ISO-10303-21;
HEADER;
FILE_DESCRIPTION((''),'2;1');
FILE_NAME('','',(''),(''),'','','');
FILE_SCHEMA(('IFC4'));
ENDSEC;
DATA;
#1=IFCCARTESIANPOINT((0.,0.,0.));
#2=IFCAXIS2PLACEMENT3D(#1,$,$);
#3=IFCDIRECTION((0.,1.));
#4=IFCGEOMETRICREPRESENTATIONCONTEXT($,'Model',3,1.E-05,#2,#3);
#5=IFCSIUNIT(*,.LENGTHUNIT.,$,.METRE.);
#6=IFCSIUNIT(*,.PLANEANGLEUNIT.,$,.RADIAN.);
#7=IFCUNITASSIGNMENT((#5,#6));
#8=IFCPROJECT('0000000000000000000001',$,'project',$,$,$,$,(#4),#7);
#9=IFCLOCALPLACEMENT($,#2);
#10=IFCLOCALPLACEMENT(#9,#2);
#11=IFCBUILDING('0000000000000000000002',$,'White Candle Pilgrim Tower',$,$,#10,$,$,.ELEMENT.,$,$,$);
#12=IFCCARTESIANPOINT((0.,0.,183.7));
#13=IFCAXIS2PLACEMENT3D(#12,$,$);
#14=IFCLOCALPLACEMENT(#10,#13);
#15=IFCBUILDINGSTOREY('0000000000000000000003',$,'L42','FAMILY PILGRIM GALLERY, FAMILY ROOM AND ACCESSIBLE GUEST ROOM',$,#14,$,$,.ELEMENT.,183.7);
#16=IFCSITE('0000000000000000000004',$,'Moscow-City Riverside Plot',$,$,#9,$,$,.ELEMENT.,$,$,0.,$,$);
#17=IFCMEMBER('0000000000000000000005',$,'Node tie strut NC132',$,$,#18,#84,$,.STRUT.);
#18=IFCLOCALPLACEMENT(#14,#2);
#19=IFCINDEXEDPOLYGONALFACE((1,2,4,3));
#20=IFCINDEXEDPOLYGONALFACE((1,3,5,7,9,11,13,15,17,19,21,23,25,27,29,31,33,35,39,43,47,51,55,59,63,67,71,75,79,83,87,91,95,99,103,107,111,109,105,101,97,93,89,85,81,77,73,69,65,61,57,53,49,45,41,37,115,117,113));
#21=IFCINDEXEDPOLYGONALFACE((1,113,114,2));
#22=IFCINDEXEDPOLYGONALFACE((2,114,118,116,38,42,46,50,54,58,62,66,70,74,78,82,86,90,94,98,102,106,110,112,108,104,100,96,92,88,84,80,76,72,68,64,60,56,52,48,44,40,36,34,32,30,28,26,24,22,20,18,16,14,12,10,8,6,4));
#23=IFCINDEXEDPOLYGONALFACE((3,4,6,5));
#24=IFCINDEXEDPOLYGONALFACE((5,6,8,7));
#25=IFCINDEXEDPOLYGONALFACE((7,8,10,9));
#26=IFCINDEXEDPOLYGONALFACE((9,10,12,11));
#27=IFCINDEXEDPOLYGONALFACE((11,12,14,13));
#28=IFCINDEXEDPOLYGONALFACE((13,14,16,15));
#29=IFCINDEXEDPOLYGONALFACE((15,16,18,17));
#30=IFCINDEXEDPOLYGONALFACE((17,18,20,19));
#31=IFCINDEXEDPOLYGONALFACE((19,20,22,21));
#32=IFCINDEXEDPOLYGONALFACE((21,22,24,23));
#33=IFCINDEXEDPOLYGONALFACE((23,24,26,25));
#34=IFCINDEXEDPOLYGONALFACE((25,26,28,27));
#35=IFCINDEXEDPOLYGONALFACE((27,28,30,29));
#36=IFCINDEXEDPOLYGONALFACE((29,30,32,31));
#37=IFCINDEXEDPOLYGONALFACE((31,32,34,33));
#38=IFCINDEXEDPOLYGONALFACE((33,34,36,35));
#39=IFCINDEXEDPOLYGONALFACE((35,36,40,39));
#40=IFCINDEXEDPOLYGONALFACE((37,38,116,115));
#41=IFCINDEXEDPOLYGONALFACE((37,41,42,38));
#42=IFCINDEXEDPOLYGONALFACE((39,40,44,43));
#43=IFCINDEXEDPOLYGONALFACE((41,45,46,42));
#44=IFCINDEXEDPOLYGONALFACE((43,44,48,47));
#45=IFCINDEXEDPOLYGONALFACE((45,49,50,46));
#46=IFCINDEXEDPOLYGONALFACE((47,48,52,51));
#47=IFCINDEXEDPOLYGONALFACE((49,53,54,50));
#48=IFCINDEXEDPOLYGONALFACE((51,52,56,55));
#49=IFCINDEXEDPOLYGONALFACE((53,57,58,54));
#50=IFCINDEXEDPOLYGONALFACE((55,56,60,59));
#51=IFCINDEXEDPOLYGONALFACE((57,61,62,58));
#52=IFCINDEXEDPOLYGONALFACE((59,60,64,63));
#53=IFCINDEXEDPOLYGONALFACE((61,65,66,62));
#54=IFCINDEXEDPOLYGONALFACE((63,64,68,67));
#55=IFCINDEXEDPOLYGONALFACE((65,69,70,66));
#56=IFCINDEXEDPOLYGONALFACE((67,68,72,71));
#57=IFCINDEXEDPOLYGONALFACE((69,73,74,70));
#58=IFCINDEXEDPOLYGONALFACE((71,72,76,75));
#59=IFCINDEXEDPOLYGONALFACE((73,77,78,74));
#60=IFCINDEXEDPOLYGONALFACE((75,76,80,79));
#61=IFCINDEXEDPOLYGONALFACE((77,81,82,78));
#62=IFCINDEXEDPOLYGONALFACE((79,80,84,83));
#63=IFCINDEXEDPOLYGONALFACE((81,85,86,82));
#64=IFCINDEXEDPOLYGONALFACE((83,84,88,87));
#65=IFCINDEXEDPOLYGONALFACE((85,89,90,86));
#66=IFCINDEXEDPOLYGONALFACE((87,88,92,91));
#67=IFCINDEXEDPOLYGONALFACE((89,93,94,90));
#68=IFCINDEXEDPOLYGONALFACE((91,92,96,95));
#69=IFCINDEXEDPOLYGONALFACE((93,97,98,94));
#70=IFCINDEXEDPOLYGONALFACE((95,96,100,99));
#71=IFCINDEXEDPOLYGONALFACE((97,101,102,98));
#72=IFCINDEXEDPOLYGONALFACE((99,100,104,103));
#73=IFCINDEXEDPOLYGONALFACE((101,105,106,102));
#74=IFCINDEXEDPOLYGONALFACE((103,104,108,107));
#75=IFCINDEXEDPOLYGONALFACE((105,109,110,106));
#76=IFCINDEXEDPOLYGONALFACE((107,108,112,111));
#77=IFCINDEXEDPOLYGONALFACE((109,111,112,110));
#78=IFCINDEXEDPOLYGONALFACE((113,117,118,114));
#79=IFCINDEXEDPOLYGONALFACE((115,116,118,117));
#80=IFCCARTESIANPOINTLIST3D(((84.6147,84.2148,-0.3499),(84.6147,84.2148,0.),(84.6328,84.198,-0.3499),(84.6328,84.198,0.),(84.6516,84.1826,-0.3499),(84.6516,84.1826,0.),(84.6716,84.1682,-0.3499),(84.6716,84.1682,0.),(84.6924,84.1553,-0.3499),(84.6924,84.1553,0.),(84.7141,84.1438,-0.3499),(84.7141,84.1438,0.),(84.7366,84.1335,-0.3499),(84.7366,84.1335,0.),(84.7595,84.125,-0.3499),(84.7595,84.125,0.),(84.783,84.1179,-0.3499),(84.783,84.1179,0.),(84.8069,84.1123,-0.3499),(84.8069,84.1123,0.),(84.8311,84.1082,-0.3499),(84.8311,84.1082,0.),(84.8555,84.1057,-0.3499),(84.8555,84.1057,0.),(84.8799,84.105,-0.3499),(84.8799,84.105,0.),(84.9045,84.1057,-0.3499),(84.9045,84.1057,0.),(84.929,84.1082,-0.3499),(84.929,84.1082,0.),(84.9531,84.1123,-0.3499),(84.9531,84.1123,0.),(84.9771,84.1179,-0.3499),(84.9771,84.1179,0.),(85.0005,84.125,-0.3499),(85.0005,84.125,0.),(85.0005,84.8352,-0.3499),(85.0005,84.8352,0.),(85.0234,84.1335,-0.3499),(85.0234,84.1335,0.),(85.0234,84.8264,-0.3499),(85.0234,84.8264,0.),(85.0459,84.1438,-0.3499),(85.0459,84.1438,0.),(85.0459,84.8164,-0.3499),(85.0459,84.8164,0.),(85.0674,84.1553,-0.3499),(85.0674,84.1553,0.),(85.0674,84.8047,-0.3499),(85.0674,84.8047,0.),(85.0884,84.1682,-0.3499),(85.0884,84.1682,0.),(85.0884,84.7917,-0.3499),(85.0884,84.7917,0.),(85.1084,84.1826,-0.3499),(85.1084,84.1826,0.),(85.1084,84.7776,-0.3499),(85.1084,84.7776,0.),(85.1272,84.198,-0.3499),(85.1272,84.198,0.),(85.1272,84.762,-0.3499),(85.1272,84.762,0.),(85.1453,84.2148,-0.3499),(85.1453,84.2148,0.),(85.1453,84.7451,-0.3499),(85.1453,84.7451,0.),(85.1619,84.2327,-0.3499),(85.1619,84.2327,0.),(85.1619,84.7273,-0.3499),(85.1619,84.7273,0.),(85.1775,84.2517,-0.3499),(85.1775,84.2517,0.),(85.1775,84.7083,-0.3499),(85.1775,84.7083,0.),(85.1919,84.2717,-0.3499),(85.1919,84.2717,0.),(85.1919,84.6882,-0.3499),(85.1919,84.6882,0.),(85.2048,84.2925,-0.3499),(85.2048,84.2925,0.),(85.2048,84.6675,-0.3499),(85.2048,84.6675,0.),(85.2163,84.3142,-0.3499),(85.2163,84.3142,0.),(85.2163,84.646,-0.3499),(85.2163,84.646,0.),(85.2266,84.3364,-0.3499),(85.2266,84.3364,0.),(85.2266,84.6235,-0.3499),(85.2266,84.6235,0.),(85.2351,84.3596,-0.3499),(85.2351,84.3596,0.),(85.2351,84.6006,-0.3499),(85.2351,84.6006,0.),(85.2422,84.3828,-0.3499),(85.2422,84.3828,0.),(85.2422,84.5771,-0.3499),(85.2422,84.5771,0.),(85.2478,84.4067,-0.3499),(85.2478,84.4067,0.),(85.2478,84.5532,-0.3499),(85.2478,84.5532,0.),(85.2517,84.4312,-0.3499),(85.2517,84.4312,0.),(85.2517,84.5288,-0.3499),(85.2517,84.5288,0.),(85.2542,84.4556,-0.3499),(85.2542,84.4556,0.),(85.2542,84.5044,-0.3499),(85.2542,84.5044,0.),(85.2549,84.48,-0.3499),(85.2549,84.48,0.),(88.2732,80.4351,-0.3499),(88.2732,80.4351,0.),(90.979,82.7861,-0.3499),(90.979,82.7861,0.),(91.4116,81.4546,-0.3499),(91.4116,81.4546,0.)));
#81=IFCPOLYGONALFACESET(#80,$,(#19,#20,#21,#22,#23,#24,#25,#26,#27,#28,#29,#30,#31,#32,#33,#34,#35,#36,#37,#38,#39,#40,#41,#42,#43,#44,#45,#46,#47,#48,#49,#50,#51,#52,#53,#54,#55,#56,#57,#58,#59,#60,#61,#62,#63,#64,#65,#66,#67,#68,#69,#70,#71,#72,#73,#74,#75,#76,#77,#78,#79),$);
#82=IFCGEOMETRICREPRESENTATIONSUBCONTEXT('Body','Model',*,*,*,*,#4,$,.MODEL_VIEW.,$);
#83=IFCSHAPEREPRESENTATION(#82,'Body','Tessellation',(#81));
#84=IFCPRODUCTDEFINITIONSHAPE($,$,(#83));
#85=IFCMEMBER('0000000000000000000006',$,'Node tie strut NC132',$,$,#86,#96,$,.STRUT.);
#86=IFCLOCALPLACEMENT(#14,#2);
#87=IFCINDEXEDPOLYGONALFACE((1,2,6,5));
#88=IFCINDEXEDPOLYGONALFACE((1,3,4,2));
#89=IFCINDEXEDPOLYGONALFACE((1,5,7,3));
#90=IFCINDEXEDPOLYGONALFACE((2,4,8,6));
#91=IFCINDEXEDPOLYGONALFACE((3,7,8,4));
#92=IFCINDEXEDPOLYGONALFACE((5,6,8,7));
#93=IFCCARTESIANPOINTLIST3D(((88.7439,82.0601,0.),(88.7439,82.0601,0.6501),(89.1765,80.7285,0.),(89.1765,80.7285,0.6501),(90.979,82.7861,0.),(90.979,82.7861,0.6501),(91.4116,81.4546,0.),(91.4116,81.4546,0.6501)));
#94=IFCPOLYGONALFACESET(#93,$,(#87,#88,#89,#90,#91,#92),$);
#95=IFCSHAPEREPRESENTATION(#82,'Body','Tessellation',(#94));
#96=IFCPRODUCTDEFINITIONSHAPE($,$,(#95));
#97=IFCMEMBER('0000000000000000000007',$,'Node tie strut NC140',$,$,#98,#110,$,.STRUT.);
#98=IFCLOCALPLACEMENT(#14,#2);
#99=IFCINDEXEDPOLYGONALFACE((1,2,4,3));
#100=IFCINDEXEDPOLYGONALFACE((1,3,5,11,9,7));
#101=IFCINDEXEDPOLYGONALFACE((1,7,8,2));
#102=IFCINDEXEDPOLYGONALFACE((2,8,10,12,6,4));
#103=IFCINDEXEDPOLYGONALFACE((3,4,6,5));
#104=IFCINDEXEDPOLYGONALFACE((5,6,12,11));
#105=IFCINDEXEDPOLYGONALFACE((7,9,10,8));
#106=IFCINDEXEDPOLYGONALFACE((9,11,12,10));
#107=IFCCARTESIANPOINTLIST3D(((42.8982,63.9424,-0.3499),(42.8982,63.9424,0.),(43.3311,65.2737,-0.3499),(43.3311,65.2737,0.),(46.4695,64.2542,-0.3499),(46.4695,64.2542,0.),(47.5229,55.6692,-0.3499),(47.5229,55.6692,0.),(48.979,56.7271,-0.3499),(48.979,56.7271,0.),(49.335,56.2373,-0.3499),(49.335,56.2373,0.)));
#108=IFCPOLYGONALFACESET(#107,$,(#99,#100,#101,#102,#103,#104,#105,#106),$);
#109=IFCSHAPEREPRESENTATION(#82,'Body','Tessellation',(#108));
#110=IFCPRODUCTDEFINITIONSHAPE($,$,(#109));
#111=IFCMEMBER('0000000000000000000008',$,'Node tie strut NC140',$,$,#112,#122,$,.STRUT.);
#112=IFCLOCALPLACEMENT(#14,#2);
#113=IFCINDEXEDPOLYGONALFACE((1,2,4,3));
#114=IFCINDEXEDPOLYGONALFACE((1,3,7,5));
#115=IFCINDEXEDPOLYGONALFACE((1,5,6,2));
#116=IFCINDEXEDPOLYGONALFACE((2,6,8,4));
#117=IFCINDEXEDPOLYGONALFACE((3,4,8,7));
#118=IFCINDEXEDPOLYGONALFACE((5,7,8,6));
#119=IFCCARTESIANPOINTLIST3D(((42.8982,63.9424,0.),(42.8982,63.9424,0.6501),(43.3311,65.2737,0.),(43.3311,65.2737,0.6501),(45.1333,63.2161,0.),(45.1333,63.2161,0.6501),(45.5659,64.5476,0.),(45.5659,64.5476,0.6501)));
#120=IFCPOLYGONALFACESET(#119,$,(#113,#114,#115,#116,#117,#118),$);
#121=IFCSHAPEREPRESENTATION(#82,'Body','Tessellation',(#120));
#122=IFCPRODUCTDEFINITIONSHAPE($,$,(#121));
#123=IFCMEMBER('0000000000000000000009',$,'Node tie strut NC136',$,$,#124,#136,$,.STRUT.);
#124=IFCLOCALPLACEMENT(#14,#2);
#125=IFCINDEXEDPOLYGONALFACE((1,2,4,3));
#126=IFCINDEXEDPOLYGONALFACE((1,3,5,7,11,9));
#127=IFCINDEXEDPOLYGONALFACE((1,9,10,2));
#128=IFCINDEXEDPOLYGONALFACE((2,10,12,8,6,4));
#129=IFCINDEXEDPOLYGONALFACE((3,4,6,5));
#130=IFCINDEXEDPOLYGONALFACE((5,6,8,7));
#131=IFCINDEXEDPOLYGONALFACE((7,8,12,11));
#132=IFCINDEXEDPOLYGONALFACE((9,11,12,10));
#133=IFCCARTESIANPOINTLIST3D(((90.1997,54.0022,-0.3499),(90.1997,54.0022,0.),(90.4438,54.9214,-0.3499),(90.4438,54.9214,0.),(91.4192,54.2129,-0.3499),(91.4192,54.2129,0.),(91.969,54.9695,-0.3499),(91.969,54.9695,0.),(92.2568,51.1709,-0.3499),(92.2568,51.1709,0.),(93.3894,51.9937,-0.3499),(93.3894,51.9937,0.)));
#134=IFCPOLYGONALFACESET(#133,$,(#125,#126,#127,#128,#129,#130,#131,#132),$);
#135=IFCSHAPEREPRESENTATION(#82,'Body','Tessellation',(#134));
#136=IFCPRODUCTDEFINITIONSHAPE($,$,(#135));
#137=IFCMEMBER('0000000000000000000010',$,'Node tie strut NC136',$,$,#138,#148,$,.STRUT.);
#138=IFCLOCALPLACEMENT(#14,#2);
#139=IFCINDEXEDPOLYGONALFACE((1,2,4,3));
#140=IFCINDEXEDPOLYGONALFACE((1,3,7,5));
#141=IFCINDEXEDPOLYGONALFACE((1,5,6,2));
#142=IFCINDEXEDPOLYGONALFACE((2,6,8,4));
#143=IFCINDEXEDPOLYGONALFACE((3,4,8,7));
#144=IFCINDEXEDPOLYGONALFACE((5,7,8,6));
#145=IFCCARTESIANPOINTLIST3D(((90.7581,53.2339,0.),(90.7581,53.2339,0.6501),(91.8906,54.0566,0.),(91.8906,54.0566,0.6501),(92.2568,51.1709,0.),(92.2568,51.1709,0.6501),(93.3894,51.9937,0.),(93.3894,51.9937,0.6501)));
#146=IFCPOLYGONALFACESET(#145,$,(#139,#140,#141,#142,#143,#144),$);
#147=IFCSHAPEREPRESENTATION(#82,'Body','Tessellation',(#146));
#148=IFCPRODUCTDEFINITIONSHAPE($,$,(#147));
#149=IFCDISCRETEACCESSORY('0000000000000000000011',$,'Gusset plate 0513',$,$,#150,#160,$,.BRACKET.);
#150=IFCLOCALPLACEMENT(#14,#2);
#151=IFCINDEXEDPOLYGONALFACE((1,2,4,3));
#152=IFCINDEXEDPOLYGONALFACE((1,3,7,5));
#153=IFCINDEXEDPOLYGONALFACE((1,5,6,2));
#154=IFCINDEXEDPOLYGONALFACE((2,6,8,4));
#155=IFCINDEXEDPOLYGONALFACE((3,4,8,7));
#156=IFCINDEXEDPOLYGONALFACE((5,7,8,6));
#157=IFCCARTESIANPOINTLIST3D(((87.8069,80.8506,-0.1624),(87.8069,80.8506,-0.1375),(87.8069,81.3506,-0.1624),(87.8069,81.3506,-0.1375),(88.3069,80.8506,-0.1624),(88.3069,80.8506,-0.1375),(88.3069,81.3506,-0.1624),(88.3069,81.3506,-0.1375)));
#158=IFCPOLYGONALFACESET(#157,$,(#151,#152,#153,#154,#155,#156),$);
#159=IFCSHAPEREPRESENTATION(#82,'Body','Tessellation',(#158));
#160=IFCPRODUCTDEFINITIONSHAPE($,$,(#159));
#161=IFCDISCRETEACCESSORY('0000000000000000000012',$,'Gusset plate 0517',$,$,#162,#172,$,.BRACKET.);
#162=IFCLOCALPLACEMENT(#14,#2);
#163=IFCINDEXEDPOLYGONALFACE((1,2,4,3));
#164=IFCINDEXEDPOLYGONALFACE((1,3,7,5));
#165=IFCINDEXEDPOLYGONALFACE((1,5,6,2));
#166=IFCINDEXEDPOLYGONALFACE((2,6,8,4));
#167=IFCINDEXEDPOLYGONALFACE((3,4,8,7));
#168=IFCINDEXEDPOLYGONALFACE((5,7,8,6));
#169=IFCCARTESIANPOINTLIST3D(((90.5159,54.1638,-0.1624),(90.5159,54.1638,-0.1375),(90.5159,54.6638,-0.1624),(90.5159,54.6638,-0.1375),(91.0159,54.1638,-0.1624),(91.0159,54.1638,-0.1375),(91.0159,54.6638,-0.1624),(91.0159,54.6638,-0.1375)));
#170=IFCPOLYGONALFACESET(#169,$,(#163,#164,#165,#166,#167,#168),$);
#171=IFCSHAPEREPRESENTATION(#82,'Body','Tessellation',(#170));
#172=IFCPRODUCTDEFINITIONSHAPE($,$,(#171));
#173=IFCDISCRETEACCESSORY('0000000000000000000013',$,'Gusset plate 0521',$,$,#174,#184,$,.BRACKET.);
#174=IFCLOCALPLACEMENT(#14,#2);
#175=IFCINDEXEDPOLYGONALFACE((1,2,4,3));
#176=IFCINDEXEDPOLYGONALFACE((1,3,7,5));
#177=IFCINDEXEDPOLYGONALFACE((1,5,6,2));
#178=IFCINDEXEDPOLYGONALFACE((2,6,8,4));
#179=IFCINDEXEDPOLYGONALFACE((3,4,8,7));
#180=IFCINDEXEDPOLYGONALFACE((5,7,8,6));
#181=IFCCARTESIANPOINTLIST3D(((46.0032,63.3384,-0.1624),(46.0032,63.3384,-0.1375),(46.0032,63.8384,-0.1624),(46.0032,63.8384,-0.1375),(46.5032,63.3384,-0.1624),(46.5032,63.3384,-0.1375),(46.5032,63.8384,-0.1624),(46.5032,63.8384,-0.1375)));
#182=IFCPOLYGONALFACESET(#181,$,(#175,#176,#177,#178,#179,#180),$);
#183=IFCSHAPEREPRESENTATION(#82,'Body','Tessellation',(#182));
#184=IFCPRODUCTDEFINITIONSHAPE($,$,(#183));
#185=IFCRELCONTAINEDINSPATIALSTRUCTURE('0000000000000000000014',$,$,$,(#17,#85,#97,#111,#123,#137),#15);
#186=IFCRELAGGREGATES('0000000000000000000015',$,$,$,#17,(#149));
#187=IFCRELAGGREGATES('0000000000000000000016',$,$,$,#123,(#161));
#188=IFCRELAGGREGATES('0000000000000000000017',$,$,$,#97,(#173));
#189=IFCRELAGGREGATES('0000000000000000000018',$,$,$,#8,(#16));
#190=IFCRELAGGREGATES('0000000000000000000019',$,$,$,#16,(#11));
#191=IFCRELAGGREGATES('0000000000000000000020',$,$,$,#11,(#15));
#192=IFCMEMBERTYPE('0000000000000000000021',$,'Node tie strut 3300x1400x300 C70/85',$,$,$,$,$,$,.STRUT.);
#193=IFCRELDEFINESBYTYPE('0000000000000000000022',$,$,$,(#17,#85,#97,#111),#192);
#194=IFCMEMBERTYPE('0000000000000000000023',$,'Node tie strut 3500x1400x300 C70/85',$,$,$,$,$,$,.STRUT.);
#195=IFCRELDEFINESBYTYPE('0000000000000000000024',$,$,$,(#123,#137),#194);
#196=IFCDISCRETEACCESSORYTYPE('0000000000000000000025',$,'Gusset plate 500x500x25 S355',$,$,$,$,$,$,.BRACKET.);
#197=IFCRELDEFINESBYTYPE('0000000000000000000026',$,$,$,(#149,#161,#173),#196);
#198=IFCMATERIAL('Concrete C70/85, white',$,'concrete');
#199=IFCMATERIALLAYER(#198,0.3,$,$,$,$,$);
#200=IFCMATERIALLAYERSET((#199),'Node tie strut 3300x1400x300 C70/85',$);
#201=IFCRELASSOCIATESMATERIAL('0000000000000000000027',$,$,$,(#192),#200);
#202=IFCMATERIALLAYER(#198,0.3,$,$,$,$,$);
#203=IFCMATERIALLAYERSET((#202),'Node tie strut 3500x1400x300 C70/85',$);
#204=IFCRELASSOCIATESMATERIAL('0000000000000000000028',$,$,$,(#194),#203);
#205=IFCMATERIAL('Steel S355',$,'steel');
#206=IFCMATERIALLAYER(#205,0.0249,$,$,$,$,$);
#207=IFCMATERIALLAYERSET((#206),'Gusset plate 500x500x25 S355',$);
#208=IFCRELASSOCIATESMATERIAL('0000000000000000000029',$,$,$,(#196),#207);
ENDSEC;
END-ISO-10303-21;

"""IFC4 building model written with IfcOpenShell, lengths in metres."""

from ifc_helpers import new_model, si_unit, direction, frame, origin, origin_2d, place, context, subcontext, project, spatial, polyline, rectangle, outline, extrude, material, layer, layer_set, type_object, element, aggregate, save


model = new_model("IFC4")

# Units and contexts
model_context = context("Model", 3, precision=1e-05, world=origin(), true_north=direction((0.0, 1.0)))
body_context = subcontext(model_context, "Body", "Model", "MODEL_VIEW")
ifc_project = project(units=[si_unit("LENGTHUNIT", "METRE"), si_unit("PLANEANGLEUNIT", "RADIAN")], contexts=[model_context])

# Site, building, storey
site_placement = place(None, origin())
site = spatial("IfcSite", under=ifc_project, at=site_placement, Name="Moscow-City Riverside Plot", CompositionType="ELEMENT", RefElevation=0.0)
building_placement = place(site_placement, origin())
building = spatial("IfcBuilding", under=site, at=building_placement, Name="White Candle Pilgrim Tower", CompositionType="ELEMENT")
storey_placement = place(building_placement, frame((0.0, 0.0, 183.7)))
storey = spatial("IfcBuildingStorey", under=building, at=storey_placement, Name="L42", Description="FAMILY PILGRIM GALLERY, FAMILY ROOM AND ACCESSIBLE GUEST ROOM", CompositionType="ELEMENT", Elevation=183.7)

# Members
ifc_material_1 = material(Name="Concrete C70/85, white", Category="concrete")
ifc_layer_1 = layer(ifc_material_1, 0.3)
ifc_layer_set_1 = layer_set([ifc_layer_1], Name="Node tie strut 3300x1400x300 C70/85")
member_type_1 = type_object("IfcMemberType", Name="Node tie strut 3300x1400x300 C70/85", PredefinedType="STRUT", material=ifc_layer_set_1)
member_1_placement = place(storey_placement, frame((0.0, 0.0, -0.3499)))
member_1 = element("IfcMember", 1, at=member_1_placement, inside=storey, type_object=member_type_1, Name="Node tie strut NC132", PredefinedType="STRUT", context=body_context, shape_type="SweptSolid", body=[
    extrude(outline(polyline([(88.2732, 80.4351), (91.4116, 81.4546), (90.979, 82.7861), (85.0005, 84.8352), (85.0234, 84.8264), (85.0459, 84.8164), (85.0674, 84.8047), (85.0884, 84.7917), (85.1084, 84.7776), (85.1272, 84.762), (85.1453, 84.7451), (85.1619, 84.7273), (85.1775, 84.7083), (85.1919, 84.6882), (85.2048, 84.6675), (85.2163, 84.646), (85.2266, 84.6235), (85.2351, 84.6006), (85.2422, 84.5771), (85.2478, 84.5532), (85.2517, 84.5288), (85.2542, 84.5044), (85.2549, 84.48), (85.2542, 84.4556), (85.2517, 84.4312), (85.2478, 84.4067), (85.2422, 84.3828), (85.2351, 84.3596), (85.2266, 84.3364), (85.2163, 84.3142), (85.2048, 84.2925), (85.1919, 84.2717), (85.1775, 84.2517), (85.1619, 84.2327), (85.1453, 84.2148), (85.1272, 84.198), (85.1084, 84.1826), (85.0884, 84.1682), (85.0674, 84.1553), (85.0459, 84.1438), (85.0234, 84.1335), (85.0005, 84.125), (84.9771, 84.1179), (84.9531, 84.1123), (84.929, 84.1082), (84.9045, 84.1057), (84.8799, 84.105), (84.8555, 84.1057), (84.8311, 84.1082), (84.8069, 84.1123), (84.783, 84.1179), (84.7595, 84.125), (84.7366, 84.1335), (84.7141, 84.1438), (84.6924, 84.1553), (84.6716, 84.1682), (84.6516, 84.1826), (84.6328, 84.198), (84.6147, 84.2148), (88.2732, 80.4351)])), origin(), (0.0, 0.0, 1.0), 0.3499),
])
member_2_placement = place(storey_placement, origin())
element("IfcMember", 2, at=member_2_placement, inside=storey, type_object=member_type_1, Name="Node tie strut NC132", PredefinedType="STRUT", context=body_context, shape_type="SweptSolid", body=[
    extrude(outline(polyline([(89.1765, 80.7285), (91.4116, 81.4546), (90.979, 82.7861), (88.7439, 82.0601), (89.1765, 80.7285)])), origin(), (0.0, 0.0, 1.0), 0.6501),
])
member_3_placement = place(storey_placement, frame((0.0, 0.0, -0.3499)))
member_3 = element("IfcMember", 3, at=member_3_placement, inside=storey, type_object=member_type_1, Name="Node tie strut NC140", PredefinedType="STRUT", context=body_context, shape_type="SweptSolid", body=[
    extrude(outline(polyline([(47.5229, 55.6692), (48.979, 56.7271), (49.335, 56.2373), (46.4695, 64.2542), (43.3311, 65.2737), (42.8982, 63.9424), (47.5229, 55.6692)])), origin(), (0.0, 0.0, 1.0), 0.3499),
])
member_4_placement = place(storey_placement, origin())
element("IfcMember", 4, at=member_4_placement, inside=storey, type_object=member_type_1, Name="Node tie strut NC140", PredefinedType="STRUT", context=body_context, shape_type="SweptSolid", body=[
    extrude(outline(polyline([(45.1333, 63.2161), (45.5659, 64.5476), (43.3311, 65.2737), (42.8982, 63.9424), (45.1333, 63.2161)])), origin(), (0.0, 0.0, 1.0), 0.6501),
])
ifc_layer_2 = layer(ifc_material_1, 0.3)
ifc_layer_set_2 = layer_set([ifc_layer_2], Name="Node tie strut 3500x1400x300 C70/85")
member_type_2 = type_object("IfcMemberType", Name="Node tie strut 3500x1400x300 C70/85", PredefinedType="STRUT", material=ifc_layer_set_2)
member_5_placement = place(storey_placement, frame((0.0, 0.0, -0.3499)))
member_5 = element("IfcMember", 5, at=member_5_placement, inside=storey, type_object=member_type_2, Name="Node tie strut NC136", PredefinedType="STRUT", context=body_context, shape_type="SweptSolid", body=[
    extrude(outline(polyline([(92.2568, 51.1709), (93.3894, 51.9937), (91.969, 54.9695), (91.4192, 54.2129), (90.4438, 54.9214), (90.1997, 54.0022), (92.2568, 51.1709)])), origin(), (0.0, 0.0, 1.0), 0.3499),
])
member_6_placement = place(storey_placement, origin())
element("IfcMember", 6, at=member_6_placement, inside=storey, type_object=member_type_2, Name="Node tie strut NC136", PredefinedType="STRUT", context=body_context, shape_type="SweptSolid", body=[
    extrude(outline(polyline([(92.2568, 51.1709), (93.3894, 51.9937), (91.8906, 54.0566), (90.7581, 53.2339), (92.2568, 51.1709)])), origin(), (0.0, 0.0, 1.0), 0.6501),
])

# Discrete accessories
ifc_material_2 = material(Name="Steel S355", Category="steel")
ifc_layer_3 = layer(ifc_material_2, 0.0249)
ifc_layer_set_3 = layer_set([ifc_layer_3], Name="Gusset plate 500x500x25 S355")
discrete_accessory_type = type_object("IfcDiscreteAccessoryType", Name="Gusset plate 500x500x25 S355", PredefinedType="BRACKET", material=ifc_layer_set_3)
discrete_accessory_1_placement = place(storey_placement, frame((88.0569, 81.1006, -0.1624), z_axis=(0.0, 0.0, 1.0), x_axis=(1.0, 0.0, 0.0)))
discrete_accessory_1 = element("IfcDiscreteAccessory", 7, at=discrete_accessory_1_placement, type_object=discrete_accessory_type, Name="Gusset plate 0513", PredefinedType="BRACKET", context=body_context, shape_type="SweptSolid", body=[
    extrude(rectangle(XDim=0.5, YDim=0.5, at=origin_2d()), origin(), (0.0, 0.0, 1.0), 0.0249),
])
aggregate(member_1, [discrete_accessory_1])
discrete_accessory_2_placement = place(storey_placement, frame((90.7659, 54.4138, -0.1624), z_axis=(0.0, 0.0, 1.0), x_axis=(1.0, 0.0, 0.0)))
discrete_accessory_2 = element("IfcDiscreteAccessory", 8, at=discrete_accessory_2_placement, type_object=discrete_accessory_type, Name="Gusset plate 0517", PredefinedType="BRACKET", context=body_context, shape_type="SweptSolid", body=[
    extrude(rectangle(XDim=0.5, YDim=0.5, at=origin_2d()), origin(), (0.0, 0.0, 1.0), 0.0249),
])
aggregate(member_5, [discrete_accessory_2])
discrete_accessory_3_placement = place(storey_placement, frame((46.2532, 63.5884, -0.1624), z_axis=(0.0, 0.0, 1.0), x_axis=(1.0, 0.0, 0.0)))
discrete_accessory_3 = element("IfcDiscreteAccessory", 9, at=discrete_accessory_3_placement, type_object=discrete_accessory_type, Name="Gusset plate 0521", PredefinedType="BRACKET", context=body_context, shape_type="SweptSolid", body=[
    extrude(rectangle(XDim=0.5, YDim=0.5, at=origin_2d()), origin(), (0.0, 0.0, 1.0), 0.0249),
])
aggregate(member_3, [discrete_accessory_3])

save(model, "model.ifc")
